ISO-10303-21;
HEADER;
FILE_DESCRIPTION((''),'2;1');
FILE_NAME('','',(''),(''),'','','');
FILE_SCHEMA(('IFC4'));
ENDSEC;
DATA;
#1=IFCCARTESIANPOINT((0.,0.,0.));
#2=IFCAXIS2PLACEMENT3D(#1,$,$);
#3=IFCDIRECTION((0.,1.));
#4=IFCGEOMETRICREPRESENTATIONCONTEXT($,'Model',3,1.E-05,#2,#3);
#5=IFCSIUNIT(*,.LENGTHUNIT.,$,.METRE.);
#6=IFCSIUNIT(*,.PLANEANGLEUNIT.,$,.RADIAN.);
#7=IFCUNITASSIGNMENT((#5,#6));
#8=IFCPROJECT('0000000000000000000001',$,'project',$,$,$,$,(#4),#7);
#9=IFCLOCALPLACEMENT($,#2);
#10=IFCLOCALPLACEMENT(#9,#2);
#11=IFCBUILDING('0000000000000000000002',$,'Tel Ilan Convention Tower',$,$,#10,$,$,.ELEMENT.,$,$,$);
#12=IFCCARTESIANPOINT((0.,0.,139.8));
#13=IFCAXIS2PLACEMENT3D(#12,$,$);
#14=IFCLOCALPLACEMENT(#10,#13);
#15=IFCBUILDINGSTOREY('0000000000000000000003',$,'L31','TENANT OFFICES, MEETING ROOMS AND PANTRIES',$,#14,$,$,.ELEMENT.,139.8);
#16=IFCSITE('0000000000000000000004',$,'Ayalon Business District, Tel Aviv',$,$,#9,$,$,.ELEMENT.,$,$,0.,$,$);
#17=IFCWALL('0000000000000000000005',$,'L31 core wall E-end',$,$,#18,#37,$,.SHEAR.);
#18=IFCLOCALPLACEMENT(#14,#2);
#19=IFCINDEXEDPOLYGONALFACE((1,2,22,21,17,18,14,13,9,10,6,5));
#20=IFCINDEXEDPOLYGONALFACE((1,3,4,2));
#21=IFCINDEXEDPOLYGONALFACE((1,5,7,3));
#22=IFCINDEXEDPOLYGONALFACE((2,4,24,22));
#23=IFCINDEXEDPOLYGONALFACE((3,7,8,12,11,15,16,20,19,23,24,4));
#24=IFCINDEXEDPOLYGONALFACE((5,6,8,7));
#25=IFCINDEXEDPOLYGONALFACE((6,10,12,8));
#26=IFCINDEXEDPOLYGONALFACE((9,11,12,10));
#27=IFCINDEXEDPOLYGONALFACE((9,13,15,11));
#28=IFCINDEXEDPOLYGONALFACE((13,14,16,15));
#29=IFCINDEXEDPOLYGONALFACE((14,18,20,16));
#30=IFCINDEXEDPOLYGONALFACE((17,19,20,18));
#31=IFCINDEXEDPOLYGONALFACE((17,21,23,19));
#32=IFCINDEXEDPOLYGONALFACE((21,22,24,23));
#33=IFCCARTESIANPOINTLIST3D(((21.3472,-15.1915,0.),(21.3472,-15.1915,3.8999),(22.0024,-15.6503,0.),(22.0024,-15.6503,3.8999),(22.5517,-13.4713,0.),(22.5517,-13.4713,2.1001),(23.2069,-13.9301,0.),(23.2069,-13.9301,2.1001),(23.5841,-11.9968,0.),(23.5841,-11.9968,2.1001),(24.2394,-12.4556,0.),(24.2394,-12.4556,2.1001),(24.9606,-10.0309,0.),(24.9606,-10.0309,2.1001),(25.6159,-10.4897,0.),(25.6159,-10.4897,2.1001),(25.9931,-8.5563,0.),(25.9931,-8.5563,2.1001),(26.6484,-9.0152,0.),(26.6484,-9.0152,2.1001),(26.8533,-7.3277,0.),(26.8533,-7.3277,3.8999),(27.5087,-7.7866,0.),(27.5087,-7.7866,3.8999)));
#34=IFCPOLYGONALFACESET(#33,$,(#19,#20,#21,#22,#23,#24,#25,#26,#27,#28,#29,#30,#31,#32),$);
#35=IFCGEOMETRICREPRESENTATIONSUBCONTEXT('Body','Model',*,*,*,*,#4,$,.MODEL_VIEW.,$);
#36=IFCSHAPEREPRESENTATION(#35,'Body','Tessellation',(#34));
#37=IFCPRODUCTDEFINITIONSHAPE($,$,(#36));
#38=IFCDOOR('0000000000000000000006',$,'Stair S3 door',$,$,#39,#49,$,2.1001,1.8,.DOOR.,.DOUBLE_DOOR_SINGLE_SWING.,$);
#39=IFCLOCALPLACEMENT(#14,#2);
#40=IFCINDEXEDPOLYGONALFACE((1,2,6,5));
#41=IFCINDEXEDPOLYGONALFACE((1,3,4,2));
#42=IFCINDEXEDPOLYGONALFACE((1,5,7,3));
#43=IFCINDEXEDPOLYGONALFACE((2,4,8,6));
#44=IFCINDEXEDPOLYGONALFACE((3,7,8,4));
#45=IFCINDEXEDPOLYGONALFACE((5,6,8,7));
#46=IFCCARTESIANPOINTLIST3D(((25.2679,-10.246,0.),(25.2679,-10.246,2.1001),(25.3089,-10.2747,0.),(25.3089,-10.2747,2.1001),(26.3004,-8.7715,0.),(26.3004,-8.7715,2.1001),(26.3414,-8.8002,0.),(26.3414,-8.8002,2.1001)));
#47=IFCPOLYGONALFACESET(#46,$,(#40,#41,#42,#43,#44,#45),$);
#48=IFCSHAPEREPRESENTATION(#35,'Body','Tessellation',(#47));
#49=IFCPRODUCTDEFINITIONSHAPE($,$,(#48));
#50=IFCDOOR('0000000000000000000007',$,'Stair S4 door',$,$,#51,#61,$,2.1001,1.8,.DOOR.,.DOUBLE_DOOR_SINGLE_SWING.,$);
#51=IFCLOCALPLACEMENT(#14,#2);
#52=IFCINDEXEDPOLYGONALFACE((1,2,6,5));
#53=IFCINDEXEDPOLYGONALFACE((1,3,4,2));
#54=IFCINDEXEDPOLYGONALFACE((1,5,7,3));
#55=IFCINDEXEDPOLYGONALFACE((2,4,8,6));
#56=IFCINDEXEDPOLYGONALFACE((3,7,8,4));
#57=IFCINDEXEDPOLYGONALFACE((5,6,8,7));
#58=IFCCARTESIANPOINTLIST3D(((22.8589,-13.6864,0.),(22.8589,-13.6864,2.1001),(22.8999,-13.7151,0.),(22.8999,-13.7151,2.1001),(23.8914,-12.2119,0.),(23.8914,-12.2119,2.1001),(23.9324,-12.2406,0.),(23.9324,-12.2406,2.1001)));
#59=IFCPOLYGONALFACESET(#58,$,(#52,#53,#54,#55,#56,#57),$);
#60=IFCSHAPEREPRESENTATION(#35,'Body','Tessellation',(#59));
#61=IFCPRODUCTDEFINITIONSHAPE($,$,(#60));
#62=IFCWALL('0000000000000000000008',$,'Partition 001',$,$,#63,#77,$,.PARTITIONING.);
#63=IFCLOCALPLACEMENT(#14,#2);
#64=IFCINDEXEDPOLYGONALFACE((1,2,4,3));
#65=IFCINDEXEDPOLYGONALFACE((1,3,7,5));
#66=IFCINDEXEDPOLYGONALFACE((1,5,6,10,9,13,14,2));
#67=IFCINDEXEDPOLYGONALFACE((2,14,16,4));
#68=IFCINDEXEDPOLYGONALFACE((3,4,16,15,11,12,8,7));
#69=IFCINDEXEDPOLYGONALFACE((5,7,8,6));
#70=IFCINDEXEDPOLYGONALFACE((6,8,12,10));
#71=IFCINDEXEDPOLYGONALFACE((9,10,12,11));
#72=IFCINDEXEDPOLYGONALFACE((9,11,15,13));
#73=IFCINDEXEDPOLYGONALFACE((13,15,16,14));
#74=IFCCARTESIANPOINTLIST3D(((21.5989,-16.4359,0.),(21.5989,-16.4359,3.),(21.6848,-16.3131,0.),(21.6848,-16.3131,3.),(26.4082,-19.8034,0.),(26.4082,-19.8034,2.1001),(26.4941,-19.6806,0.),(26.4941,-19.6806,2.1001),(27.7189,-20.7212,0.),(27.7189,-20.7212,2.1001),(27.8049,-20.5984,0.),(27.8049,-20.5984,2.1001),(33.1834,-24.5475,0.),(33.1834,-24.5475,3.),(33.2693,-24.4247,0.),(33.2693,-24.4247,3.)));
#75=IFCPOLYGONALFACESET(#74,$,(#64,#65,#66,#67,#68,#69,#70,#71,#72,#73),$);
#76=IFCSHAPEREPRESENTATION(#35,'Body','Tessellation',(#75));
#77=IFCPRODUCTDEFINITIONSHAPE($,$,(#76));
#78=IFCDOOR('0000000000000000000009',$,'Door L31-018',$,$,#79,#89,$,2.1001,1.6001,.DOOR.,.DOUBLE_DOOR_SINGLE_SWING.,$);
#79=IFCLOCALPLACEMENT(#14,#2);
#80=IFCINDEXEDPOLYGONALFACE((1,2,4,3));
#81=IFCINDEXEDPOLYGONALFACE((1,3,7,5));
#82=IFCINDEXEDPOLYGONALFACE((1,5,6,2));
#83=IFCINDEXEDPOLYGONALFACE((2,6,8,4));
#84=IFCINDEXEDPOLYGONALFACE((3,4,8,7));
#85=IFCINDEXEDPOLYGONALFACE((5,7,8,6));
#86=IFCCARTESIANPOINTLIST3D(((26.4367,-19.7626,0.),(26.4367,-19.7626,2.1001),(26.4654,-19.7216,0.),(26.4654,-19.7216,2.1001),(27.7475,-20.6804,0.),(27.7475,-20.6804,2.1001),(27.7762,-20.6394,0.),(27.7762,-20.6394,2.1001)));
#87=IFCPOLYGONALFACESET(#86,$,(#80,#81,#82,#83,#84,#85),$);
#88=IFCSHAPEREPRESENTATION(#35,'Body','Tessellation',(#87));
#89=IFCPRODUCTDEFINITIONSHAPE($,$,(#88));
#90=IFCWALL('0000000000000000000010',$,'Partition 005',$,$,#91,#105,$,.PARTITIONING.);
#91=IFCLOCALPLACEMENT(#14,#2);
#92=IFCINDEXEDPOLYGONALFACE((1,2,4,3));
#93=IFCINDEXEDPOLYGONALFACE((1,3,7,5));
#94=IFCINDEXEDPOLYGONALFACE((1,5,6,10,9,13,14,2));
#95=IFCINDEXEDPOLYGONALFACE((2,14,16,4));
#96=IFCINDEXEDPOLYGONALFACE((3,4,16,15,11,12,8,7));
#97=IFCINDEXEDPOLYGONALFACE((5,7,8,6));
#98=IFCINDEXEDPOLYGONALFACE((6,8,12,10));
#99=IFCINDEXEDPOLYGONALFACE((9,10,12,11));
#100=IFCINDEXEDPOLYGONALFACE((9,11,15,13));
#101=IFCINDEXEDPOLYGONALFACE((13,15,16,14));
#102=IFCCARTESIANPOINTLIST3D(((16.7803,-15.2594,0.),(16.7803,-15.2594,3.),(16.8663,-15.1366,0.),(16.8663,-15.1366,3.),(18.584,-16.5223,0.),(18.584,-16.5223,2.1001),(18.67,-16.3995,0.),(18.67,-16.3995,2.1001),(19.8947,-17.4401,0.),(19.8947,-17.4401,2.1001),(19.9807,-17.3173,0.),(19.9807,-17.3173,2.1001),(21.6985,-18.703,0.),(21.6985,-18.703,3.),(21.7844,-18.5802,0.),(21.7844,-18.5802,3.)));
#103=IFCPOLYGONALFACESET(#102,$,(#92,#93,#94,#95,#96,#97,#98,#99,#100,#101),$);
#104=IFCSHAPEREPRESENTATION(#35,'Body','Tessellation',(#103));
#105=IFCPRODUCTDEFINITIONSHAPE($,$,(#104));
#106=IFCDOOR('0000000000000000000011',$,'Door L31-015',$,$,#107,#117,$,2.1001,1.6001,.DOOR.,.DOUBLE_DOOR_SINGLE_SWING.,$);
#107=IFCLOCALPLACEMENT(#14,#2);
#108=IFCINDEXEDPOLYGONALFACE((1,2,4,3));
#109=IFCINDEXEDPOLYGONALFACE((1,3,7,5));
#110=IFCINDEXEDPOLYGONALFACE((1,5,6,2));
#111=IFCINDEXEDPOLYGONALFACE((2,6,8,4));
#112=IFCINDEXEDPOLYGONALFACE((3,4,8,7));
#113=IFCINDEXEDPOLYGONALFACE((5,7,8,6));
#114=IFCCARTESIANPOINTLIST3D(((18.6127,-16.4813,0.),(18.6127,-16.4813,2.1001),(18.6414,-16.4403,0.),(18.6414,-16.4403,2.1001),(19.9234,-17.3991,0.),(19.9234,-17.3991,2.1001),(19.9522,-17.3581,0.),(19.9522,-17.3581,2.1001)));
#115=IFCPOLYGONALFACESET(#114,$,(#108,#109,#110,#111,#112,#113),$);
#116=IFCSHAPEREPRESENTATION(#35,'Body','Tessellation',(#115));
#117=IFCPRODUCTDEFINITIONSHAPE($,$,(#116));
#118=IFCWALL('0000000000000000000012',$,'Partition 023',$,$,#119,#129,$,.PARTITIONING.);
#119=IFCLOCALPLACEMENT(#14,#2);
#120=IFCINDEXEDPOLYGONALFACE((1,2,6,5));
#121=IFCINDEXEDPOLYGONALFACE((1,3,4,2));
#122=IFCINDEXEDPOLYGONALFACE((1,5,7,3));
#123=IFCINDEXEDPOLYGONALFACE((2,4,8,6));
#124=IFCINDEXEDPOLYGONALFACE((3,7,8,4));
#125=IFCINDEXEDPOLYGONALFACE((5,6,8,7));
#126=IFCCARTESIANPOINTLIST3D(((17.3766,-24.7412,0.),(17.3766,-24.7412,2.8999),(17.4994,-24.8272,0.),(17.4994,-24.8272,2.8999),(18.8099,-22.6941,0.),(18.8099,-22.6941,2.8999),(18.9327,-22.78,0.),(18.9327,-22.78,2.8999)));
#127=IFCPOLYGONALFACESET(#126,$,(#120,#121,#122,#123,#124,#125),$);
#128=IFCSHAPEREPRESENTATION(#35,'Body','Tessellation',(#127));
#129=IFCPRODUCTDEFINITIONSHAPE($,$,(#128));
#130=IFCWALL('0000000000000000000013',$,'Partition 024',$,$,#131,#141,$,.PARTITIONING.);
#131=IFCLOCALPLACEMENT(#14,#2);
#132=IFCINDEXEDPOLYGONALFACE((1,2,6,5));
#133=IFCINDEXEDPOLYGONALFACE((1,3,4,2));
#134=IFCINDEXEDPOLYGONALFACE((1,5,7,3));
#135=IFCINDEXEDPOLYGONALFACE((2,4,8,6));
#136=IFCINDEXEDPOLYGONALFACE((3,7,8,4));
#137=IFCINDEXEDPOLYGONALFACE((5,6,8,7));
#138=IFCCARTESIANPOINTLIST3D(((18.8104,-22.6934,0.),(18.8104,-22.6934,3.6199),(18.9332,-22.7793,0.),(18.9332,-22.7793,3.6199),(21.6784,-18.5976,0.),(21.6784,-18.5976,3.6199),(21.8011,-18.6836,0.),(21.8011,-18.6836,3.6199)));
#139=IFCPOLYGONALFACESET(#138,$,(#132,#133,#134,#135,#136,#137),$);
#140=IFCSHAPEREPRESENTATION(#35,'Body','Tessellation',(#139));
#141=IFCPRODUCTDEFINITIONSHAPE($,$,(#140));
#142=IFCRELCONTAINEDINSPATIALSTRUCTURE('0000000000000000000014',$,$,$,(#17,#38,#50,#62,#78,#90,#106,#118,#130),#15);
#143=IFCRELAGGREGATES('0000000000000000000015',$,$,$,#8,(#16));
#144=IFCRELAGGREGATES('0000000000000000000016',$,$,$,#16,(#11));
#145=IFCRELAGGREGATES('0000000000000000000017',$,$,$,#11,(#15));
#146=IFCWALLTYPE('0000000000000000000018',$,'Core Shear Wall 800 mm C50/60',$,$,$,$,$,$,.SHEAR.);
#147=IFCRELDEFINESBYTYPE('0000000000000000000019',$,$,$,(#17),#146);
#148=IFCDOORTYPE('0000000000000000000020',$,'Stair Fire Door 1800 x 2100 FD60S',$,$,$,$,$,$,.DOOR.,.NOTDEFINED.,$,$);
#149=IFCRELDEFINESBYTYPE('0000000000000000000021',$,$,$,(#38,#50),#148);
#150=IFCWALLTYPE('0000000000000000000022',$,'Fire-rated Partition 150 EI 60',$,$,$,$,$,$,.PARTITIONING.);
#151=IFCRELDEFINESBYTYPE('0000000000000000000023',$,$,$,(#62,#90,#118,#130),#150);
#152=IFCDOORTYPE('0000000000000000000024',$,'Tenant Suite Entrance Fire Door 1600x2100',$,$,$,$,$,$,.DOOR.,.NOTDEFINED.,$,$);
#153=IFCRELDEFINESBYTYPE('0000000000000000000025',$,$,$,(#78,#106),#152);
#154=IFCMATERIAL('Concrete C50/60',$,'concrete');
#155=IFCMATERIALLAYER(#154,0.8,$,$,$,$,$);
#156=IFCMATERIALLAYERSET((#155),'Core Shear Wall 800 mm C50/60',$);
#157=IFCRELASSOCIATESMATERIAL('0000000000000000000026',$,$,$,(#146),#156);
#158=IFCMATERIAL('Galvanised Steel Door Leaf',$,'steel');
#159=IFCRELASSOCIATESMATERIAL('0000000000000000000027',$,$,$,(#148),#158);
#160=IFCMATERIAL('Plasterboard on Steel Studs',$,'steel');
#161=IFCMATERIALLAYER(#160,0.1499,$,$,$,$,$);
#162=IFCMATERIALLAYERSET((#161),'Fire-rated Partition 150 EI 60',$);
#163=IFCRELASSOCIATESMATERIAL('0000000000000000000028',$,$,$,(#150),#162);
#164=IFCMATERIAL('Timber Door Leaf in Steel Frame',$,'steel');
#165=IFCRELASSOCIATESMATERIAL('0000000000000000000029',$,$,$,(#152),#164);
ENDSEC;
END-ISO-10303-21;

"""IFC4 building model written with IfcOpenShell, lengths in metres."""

from ifc_helpers import new_model, si_unit, direction, frame, frame_2d, origin, place, context, subcontext, project, spatial, polyline, rectangle, outline, extrude, material, layer, layer_set, type_object, element, fill, save


model = new_model("IFC4")

# Units and contexts
model_context = context("Model", 3, precision=1e-05, world=origin(), true_north=direction((0.0, 1.0)))
body_context = subcontext(model_context, "Body", "Model", "MODEL_VIEW")
ifc_project = project(units=[si_unit("LENGTHUNIT", "METRE"), si_unit("PLANEANGLEUNIT", "RADIAN")], contexts=[model_context])

# Site, building, storey
site_placement = place(None, origin())
site = spatial("IfcSite", under=ifc_project, at=site_placement, Name="Ayalon Business District, Tel Aviv", CompositionType="ELEMENT", RefElevation=0.0)
building_placement = place(site_placement, origin())
building = spatial("IfcBuilding", under=site, at=building_placement, Name="Tel Ilan Convention Tower", CompositionType="ELEMENT")
storey_placement = place(building_placement, frame((0.0, 0.0, 139.8)))
storey = spatial("IfcBuildingStorey", under=building, at=storey_placement, Name="L31", Description="TENANT OFFICES, MEETING ROOMS AND PANTRIES", CompositionType="ELEMENT", Elevation=139.8)

# Wall, openings, doors
ifc_material_1 = material(Name="Concrete C50/60", Category="concrete")
ifc_layer_1 = layer(ifc_material_1, 0.8)
ifc_layer_set_1 = layer_set([ifc_layer_1], Name="Core Shear Wall 800 mm C50/60")
wall_type_1 = type_object("IfcWallType", Name="Core Shear Wall 800 mm C50/60", PredefinedType="SHEAR", material=ifc_layer_set_1)
wall_1_placement = place(storey_placement, frame((21.6748, -15.4209, 0.0), z_axis=(0.0, 0.0, 1.0), x_axis=(0.573582, 0.819148, 0.0)))
wall_1 = element("IfcWall", 1, at=wall_1_placement, inside=storey, type_object=wall_type_1, Name="L31 core wall E-end", PredefinedType="SHEAR", context=body_context, shape_type="SweptSolid", body=[
    extrude(outline(polyline([(9.5999, 0.4001), (0.0, 0.3999), (0.0, -0.3999), (9.5999, -0.3999), (9.5999, 0.4001)])), origin(), (0.0, 0.0, 1.0), 3.8999),
])
opening_1_placement = place(wall_1_placement, frame((6.3, 0.0, 0.0)))
opening_1 = element("IfcOpeningElement", 2, at=opening_1_placement, cuts=wall_1, PredefinedType="OPENING", context=body_context, shape_type="SweptSolid", body=[
    extrude(rectangle(XDim=1.8, YDim=2.1001, at=frame_2d((0.8999, 1.05))), frame((0.0, 0.4099, 0.0), z_axis=(0.0, -1.0, 0.0), x_axis=(1.0, 0.0, 0.0)), (0.0, 0.0, 1.0), 0.8201),
])
opening_2_placement = place(wall_1_placement, frame((2.1001, 0.0, 0.0)))
opening_2 = element("IfcOpeningElement", 3, at=opening_2_placement, cuts=wall_1, PredefinedType="OPENING", context=body_context, shape_type="SweptSolid", body=[
    extrude(rectangle(XDim=1.8, YDim=2.1001, at=frame_2d((0.8999, 1.05))), frame((0.0, 0.4099, 0.0), z_axis=(0.0, -1.0, 0.0), x_axis=(1.0, 0.0, 0.0)), (0.0, 0.0, 1.0), 0.8201),
])
ifc_material_2 = material(Name="Galvanised Steel Door Leaf", Category="steel")
door_type_1 = type_object("IfcDoorType", Name="Stair Fire Door 1800 x 2100 FD60S", OperationType="NOTDEFINED", PredefinedType="DOOR", material=ifc_material_2)
door_1_placement = place(opening_1_placement, origin())
door_1 = element("IfcDoor", 4, at=door_1_placement, inside=storey, type_object=door_type_1, Name="Stair S3 door", OperationType="DOUBLE_DOOR_SINGLE_SWING", OverallHeight=2.1001, OverallWidth=1.8, PredefinedType="DOOR", context=body_context, shape_type="SweptSolid", body=[
    extrude(rectangle(XDim=1.8, YDim=2.1001, at=frame_2d((0.8999, 1.05))), frame((0.0, 0.0249, 0.0), z_axis=(0.0, -1.0, 0.0), x_axis=(1.0, 0.0, 0.0)), (0.0, 0.0, 1.0), 0.05),
])
fill(opening_1, door_1)
door_2_placement = place(opening_2_placement, origin())
door_2 = element("IfcDoor", 5, at=door_2_placement, inside=storey, type_object=door_type_1, Name="Stair S4 door", OperationType="DOUBLE_DOOR_SINGLE_SWING", OverallHeight=2.1001, OverallWidth=1.8, PredefinedType="DOOR", context=body_context, shape_type="SweptSolid", body=[
    extrude(rectangle(XDim=1.8, YDim=2.1001, at=frame_2d((0.8999, 1.05))), frame((0.0, 0.0249, 0.0), z_axis=(0.0, -1.0, 0.0), x_axis=(1.0, 0.0, 0.0)), (0.0, 0.0, 1.0), 0.05),
])
fill(opening_2, door_2)

# Walls, openings, doors
ifc_material_3 = material(Name="Plasterboard on Steel Studs", Category="steel")
ifc_layer_2 = layer(ifc_material_3, 0.1499)
ifc_layer_set_2 = layer_set([ifc_layer_2], Name="Fire-rated Partition 150 EI 60")
wall_type_2 = type_object("IfcWallType", Name="Fire-rated Partition 150 EI 60", PredefinedType="PARTITIONING", material=ifc_layer_set_2)
wall_2_placement = place(storey_placement, frame((21.6418, -16.3745, 0.0), z_axis=(0.0, 0.0, 1.0), x_axis=(0.819151, -0.573578, 0.0)))
wall_2 = element("IfcWall", 6, at=wall_2_placement, inside=storey, type_object=wall_type_2, Name="Partition 001", PredefinedType="PARTITIONING", context=body_context, shape_type="SweptSolid", body=[
    extrude(rectangle(XDim=14.1421, YDim=0.1499, at=frame_2d((7.071, 0.0))), origin(), (0.0, 0.0, 1.0), 3.0),
])
opening_3_placement = place(wall_2_placement, frame((5.8711, 0.0, 0.0)))
opening_3 = element("IfcOpeningElement", 7, at=opening_3_placement, cuts=wall_2, PredefinedType="OPENING", context=body_context, shape_type="SweptSolid", body=[
    extrude(rectangle(XDim=1.6001, YDim=2.1001, at=frame_2d((0.8, 1.05))), frame((0.0, 0.085, 0.0), z_axis=(0.0, -1.0, 0.0), x_axis=(1.0, 0.0, 0.0)), (0.0, 0.0, 1.0), 0.1699),
])
ifc_material_4 = material(Name="Timber Door Leaf in Steel Frame", Category="steel")
door_type_2 = type_object("IfcDoorType", Name="Tenant Suite Entrance Fire Door 1600x2100", OperationType="NOTDEFINED", PredefinedType="DOOR", material=ifc_material_4)
door_3_placement = place(opening_3_placement, origin())
door_3 = element("IfcDoor", 8, at=door_3_placement, inside=storey, type_object=door_type_2, Name="Door L31-018", OperationType="DOUBLE_DOOR_SINGLE_SWING", OverallHeight=2.1001, OverallWidth=1.6001, PredefinedType="DOOR", context=body_context, shape_type="SweptSolid", body=[
    extrude(rectangle(XDim=1.6001, YDim=2.1001, at=frame_2d((0.8, 1.05))), frame((0.0, 0.0249, 0.0), z_axis=(0.0, -1.0, 0.0), x_axis=(1.0, 0.0, 0.0)), (0.0, 0.0, 1.0), 0.05),
])
fill(opening_3, door_3)
wall_3_placement = place(storey_placement, frame((21.7415, -18.6416, 0.0), z_axis=(0.0, 0.0, 1.0), x_axis=(-0.819165, 0.573558, 0.0)))
wall_3 = element("IfcWall", 9, at=wall_3_placement, inside=storey, type_object=wall_type_2, Name="Partition 005", PredefinedType="PARTITIONING", context=body_context, shape_type="SweptSolid", body=[
    extrude(rectangle(XDim=6.0039, YDim=0.1499, at=frame_2d((3.002, 0.0))), origin(), (0.0, 0.0, 1.0), 3.0),
])
opening_4_placement = place(wall_3_placement, frame((2.2019, 0.0, 0.0)))
opening_4 = element("IfcOpeningElement", 10, at=opening_4_placement, cuts=wall_3, PredefinedType="OPENING", context=body_context, shape_type="SweptSolid", body=[
    extrude(rectangle(XDim=1.6001, YDim=2.1001, at=frame_2d((0.8, 1.05))), frame((0.0, 0.085, 0.0), z_axis=(0.0, -1.0, 0.0), x_axis=(1.0, 0.0, 0.0)), (0.0, 0.0, 1.0), 0.1699),
])
door_4_placement = place(opening_4_placement, origin())
door_4 = element("IfcDoor", 11, at=door_4_placement, inside=storey, type_object=door_type_2, Name="Door L31-015", OperationType="DOUBLE_DOOR_SINGLE_SWING", OverallHeight=2.1001, OverallWidth=1.6001, PredefinedType="DOOR", context=body_context, shape_type="SweptSolid", body=[
    extrude(rectangle(XDim=1.6001, YDim=2.1001, at=frame_2d((0.8, 1.05))), frame((0.0, 0.0249, 0.0), z_axis=(0.0, -1.0, 0.0), x_axis=(1.0, 0.0, 0.0)), (0.0, 0.0, 1.0), 0.05),
])
fill(opening_4, door_4)

# Walls
wall_4_placement = place(storey_placement, frame((18.8713, -22.7371, 0.0), z_axis=(0.0, 0.0, 1.0), x_axis=(-0.573561, -0.819163, 0.0)))
element("IfcWall", 12, at=wall_4_placement, inside=storey, type_object=wall_type_2, Name="Partition 023", PredefinedType="PARTITIONING", context=body_context, shape_type="SweptSolid", body=[
    extrude(rectangle(XDim=2.499, YDim=0.1499, at=frame_2d((1.2495, 0.0))), origin(), (0.0, 0.0, 1.0), 2.8999),
])
wall_5_placement = place(storey_placement, frame((21.7397, -18.6406, 0.0), z_axis=(0.0, 0.0, 1.0), x_axis=(-0.573587, -0.819145, 0.0)))
element("IfcWall", 13, at=wall_5_placement, inside=storey, type_object=wall_type_2, Name="Partition 024", PredefinedType="PARTITIONING", context=body_context, shape_type="SweptSolid", body=[
    extrude(rectangle(XDim=5.0, YDim=0.1499, at=frame_2d((2.5, 0.0))), origin(), (0.0, 0.0, 1.0), 3.6199),
])

save(model, "model.ifc")
